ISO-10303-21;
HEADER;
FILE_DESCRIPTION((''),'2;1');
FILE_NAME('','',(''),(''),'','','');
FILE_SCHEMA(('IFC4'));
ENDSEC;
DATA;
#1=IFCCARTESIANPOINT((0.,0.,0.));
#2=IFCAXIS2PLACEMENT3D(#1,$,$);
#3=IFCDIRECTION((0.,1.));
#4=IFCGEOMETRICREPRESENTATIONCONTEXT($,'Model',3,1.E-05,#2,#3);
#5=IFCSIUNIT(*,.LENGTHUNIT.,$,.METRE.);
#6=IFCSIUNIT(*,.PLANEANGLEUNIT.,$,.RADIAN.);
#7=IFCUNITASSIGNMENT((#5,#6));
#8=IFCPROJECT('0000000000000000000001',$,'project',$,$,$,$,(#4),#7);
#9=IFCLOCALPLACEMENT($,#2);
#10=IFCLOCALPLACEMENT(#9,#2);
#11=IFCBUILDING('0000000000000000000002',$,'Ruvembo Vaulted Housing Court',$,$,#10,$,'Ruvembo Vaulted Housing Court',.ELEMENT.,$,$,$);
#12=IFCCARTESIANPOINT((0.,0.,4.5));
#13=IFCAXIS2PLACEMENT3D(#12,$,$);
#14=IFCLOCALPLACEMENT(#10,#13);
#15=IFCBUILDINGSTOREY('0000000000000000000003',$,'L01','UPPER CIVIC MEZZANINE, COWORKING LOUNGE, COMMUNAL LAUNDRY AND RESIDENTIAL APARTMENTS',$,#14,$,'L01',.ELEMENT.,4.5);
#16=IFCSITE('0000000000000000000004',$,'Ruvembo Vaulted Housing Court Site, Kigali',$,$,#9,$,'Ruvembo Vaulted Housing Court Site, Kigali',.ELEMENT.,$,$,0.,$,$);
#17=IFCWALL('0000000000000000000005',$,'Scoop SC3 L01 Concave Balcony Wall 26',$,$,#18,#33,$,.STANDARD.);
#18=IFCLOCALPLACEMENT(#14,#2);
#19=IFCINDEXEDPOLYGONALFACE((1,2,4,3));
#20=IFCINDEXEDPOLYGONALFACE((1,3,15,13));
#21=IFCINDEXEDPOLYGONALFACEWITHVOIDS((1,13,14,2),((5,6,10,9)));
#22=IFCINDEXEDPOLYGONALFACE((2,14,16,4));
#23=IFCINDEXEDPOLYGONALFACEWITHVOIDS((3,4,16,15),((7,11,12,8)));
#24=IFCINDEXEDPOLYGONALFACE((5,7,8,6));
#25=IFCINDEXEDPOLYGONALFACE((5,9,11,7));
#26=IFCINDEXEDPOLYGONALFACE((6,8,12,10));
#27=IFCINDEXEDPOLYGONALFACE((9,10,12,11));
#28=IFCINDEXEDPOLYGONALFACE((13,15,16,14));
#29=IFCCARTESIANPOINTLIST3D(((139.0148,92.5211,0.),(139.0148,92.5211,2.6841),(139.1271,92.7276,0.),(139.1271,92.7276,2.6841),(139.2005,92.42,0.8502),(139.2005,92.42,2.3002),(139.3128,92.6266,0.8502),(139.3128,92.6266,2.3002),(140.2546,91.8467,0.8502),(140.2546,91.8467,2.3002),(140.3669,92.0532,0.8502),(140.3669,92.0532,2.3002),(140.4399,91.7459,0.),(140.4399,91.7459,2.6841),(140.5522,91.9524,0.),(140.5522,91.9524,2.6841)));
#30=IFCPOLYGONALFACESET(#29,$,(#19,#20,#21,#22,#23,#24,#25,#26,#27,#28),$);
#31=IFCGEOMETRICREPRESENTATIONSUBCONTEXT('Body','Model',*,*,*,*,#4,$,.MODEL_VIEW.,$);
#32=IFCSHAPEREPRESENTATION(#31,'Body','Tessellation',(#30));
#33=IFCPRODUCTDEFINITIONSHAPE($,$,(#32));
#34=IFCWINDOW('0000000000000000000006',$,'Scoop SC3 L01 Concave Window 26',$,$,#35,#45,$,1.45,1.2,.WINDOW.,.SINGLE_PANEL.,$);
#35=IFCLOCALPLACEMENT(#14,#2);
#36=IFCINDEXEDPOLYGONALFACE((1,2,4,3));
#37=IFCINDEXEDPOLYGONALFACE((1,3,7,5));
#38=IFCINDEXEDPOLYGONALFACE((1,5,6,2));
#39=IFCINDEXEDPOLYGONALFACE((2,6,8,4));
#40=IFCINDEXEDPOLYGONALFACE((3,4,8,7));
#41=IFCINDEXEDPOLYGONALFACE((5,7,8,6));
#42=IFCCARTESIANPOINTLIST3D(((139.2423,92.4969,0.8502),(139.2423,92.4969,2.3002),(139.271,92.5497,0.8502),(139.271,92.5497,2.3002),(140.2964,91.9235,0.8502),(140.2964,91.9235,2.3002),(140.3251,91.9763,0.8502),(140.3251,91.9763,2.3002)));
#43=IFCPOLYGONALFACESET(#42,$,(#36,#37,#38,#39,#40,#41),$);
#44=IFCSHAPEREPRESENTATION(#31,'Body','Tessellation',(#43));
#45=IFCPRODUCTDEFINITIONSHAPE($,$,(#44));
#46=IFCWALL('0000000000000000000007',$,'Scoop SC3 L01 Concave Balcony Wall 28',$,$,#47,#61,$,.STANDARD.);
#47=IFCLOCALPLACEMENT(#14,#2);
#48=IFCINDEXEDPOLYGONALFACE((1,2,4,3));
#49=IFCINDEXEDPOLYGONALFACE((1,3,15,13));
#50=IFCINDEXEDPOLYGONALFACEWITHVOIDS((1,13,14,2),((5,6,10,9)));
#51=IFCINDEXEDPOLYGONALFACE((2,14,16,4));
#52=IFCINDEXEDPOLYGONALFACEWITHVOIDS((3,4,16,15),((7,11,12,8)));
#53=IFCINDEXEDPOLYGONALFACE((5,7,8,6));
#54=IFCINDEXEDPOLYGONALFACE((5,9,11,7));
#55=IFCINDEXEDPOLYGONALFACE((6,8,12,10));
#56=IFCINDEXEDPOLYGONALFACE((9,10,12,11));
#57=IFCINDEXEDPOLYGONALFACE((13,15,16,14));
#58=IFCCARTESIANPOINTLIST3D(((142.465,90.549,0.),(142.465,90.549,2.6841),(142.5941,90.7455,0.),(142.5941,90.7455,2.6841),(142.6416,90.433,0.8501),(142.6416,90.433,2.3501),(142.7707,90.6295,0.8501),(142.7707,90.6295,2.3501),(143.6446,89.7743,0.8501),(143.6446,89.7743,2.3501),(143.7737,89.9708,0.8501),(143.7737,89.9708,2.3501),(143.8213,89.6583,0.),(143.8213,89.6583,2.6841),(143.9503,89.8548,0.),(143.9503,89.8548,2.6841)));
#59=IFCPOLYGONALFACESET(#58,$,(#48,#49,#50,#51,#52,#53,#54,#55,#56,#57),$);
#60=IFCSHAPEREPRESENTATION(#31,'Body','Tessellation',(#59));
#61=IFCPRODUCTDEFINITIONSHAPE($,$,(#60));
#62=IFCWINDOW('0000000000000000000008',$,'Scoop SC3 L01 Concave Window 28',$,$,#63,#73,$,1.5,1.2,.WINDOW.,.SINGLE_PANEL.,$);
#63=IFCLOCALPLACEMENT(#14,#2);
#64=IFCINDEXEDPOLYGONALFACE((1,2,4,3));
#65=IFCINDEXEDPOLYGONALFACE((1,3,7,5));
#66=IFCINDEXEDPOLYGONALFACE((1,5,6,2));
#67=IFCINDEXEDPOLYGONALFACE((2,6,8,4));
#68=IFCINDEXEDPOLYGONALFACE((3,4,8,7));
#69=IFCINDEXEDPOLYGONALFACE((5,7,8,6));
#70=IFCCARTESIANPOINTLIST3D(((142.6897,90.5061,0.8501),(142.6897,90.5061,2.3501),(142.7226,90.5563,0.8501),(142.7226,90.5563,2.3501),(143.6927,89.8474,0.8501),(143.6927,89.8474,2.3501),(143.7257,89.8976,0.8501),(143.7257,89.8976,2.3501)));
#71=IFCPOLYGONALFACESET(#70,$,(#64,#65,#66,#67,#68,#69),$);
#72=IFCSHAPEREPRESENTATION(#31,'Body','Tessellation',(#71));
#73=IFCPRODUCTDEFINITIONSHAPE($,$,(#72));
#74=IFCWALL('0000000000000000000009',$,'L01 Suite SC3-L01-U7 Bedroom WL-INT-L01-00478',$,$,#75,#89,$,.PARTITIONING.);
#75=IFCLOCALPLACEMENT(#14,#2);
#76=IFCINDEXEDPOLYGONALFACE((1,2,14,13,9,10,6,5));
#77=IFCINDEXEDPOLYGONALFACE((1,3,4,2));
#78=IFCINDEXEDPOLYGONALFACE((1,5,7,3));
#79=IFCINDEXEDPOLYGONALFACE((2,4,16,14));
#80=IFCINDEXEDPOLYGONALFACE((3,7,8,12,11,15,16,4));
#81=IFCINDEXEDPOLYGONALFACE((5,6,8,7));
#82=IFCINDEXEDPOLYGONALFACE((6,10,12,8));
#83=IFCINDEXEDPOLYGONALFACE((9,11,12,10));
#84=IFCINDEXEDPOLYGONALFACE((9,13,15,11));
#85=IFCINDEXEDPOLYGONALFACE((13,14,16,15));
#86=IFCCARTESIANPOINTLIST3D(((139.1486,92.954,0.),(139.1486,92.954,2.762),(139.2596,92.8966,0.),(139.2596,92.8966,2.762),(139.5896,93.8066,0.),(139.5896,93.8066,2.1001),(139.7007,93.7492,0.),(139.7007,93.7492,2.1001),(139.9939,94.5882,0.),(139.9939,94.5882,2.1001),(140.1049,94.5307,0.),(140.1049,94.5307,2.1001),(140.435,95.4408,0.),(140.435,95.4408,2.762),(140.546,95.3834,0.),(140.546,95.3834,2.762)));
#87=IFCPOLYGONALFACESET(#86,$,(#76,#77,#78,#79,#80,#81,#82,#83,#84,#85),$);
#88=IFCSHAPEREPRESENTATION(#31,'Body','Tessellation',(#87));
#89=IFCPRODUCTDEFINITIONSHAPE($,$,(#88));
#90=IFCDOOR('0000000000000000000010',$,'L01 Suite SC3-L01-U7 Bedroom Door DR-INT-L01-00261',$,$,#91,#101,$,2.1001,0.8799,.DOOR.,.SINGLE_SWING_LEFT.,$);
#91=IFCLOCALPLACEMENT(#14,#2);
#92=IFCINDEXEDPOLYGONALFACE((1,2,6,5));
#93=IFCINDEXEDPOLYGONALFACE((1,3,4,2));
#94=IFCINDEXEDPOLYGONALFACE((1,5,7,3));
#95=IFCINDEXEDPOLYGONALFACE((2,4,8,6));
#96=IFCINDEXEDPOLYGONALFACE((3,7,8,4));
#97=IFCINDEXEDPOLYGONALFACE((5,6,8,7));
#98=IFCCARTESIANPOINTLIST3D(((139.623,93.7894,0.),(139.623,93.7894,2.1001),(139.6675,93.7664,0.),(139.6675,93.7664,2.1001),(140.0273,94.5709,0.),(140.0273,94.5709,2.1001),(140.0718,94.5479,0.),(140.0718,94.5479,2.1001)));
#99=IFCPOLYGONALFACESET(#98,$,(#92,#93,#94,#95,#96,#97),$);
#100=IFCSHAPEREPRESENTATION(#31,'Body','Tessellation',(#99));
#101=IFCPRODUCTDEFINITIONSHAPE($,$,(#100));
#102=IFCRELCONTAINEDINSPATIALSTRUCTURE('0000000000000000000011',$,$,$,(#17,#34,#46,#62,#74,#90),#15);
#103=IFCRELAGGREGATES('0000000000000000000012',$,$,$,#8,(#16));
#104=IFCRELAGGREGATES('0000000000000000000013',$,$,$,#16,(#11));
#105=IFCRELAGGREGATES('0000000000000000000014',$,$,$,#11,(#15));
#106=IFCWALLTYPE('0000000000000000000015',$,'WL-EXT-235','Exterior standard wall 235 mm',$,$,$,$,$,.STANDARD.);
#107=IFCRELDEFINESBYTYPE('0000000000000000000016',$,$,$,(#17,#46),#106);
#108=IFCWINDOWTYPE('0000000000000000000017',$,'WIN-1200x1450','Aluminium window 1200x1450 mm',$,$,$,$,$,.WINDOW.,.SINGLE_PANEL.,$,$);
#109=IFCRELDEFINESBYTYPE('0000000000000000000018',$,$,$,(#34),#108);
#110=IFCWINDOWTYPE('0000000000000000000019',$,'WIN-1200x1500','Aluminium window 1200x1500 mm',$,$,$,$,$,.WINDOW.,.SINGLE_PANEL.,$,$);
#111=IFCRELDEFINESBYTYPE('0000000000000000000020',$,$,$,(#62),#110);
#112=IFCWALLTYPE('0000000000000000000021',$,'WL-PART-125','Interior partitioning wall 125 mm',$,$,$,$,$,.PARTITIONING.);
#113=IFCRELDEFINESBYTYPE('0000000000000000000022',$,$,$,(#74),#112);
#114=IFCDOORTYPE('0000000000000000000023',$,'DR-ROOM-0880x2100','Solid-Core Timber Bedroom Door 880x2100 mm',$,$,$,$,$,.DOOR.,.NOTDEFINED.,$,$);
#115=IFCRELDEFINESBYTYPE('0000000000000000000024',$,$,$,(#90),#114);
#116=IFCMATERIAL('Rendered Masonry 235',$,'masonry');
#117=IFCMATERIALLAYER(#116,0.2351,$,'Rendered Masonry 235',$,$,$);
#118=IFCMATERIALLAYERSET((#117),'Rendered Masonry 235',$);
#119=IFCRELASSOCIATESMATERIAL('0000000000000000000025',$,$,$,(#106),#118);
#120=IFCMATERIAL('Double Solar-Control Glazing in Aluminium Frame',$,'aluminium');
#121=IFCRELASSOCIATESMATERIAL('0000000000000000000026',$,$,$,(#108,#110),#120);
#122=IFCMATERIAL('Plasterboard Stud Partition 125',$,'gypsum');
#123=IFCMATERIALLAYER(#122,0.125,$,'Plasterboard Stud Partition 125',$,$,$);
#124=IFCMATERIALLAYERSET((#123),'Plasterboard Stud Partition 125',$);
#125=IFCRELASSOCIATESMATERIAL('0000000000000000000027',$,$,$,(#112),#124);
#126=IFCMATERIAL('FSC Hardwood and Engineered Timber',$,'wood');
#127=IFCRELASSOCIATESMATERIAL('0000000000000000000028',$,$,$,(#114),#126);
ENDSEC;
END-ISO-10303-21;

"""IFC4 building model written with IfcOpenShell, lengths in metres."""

from ifc_helpers import new_model, si_unit, direction, frame, frame_2d, origin, place, context, subcontext, project, spatial, rectangle, extrude, material, layer, layer_set, type_object, element, fill, save


model = new_model("IFC4")

# Units and contexts
model_context = context("Model", 3, precision=1e-05, world=origin(), true_north=direction((0.0, 1.0)))
body_context = subcontext(model_context, "Body", "Model", "MODEL_VIEW")
ifc_project = project(units=[si_unit("LENGTHUNIT", "METRE"), si_unit("PLANEANGLEUNIT", "RADIAN")], contexts=[model_context])

# Site, building, storey
site_placement = place(None, origin())
site = spatial("IfcSite", under=ifc_project, at=site_placement, Name="Ruvembo Vaulted Housing Court Site, Kigali", LongName="Ruvembo Vaulted Housing Court Site, Kigali", CompositionType="ELEMENT", RefElevation=0.0)
building_placement = place(site_placement, origin())
building = spatial("IfcBuilding", under=site, at=building_placement, Name="Ruvembo Vaulted Housing Court", LongName="Ruvembo Vaulted Housing Court", CompositionType="ELEMENT")
storey_placement = place(building_placement, frame((0.0, 0.0, 4.5)))
storey = spatial("IfcBuildingStorey", under=building, at=storey_placement, Name="L01", Description="UPPER CIVIC MEZZANINE, COWORKING LOUNGE, COMMUNAL LAUNDRY AND RESIDENTIAL APARTMENTS", LongName="L01", CompositionType="ELEMENT", Elevation=4.5)

# Wall, opening, window
ifc_material_1 = material(Name="Rendered Masonry 235", Category="masonry")
ifc_layer_1 = layer(ifc_material_1, 0.2351, Name="Rendered Masonry 235")
ifc_layer_set_1 = layer_set([ifc_layer_1], Name="Rendered Masonry 235")
wall_type_1 = type_object("IfcWallType", Name="WL-EXT-235", Description="Exterior standard wall 235 mm", PredefinedType="STANDARD", material=ifc_layer_set_1)
ifc_material_2 = material(Name="Double Solar-Control Glazing in Aluminium Frame", Category="aluminium")
wall_1_placement = place(storey_placement, frame((139.071, 92.6243, 0.0), z_axis=(0.0, 0.0, 1.0), x_axis=(0.878453, -0.477829, 0.0)))
wall_1 = element("IfcWall", 1, at=wall_1_placement, inside=storey, type_object=wall_type_1, Name="Scoop SC3 L01 Concave Balcony Wall 26", PredefinedType="STANDARD", context=body_context, shape_type="SweptSolid", body=[
    extrude(rectangle(XDim=1.6223, YDim=0.2351, at=frame_2d((0.811, 0.0))), origin(), (0.0, 0.0, 1.0), 2.6841),
])
opening_1_placement = place(wall_1_placement, frame((0.2112, 0.0, 0.8501)))
opening_1 = element("IfcOpeningElement", 2, at=opening_1_placement, cuts=wall_1, PredefinedType="OPENING", context=body_context, shape_type="SweptSolid", body=[
    extrude(rectangle(XDim=1.2, YDim=1.45, at=frame_2d((0.6001, 0.7251))), frame((0.0, 0.1274, 0.0), z_axis=(0.0, -1.0, 0.0), x_axis=(1.0, 0.0, 0.0)), (0.0, 0.0, 1.0), 0.2551),
])
window_type_1 = type_object("IfcWindowType", Name="WIN-1200x1450", Description="Aluminium window 1200x1450 mm", PartitioningType="SINGLE_PANEL", PredefinedType="WINDOW", material=ifc_material_2)
window_1_placement = place(opening_1_placement, origin())
window_1 = element("IfcWindow", 3, at=window_1_placement, inside=storey, type_object=window_type_1, Name="Scoop SC3 L01 Concave Window 26", OverallHeight=1.45, OverallWidth=1.2, PartitioningType="SINGLE_PANEL", PredefinedType="WINDOW", context=body_context, shape_type="SweptSolid", body=[
    extrude(rectangle(XDim=1.2, YDim=1.45, at=frame_2d((0.6001, 0.7251))), frame((0.0, 0.03, 0.0), z_axis=(0.0, -1.0, 0.0), x_axis=(1.0, 0.0, 0.0)), (0.0, 0.0, 1.0), 0.0601),
])
fill(opening_1, window_1)

# Wall, opening, window
wall_2_placement = place(storey_placement, frame((142.5295, 90.6472, 0.0), z_axis=(0.0, 0.0, 1.0), x_axis=(0.835873, -0.548923, 0.0)))
wall_2 = element("IfcWall", 4, at=wall_2_placement, inside=storey, type_object=wall_type_1, Name="Scoop SC3 L01 Concave Balcony Wall 28", PredefinedType="STANDARD", context=body_context, shape_type="SweptSolid", body=[
    extrude(rectangle(XDim=1.6226, YDim=0.2351, at=frame_2d((0.8113, 0.0))), origin(), (0.0, 0.0, 1.0), 2.6841),
])
opening_2_placement = place(wall_2_placement, frame((0.2112, 0.0, 0.8501)))
opening_2 = element("IfcOpeningElement", 5, at=opening_2_placement, cuts=wall_2, PredefinedType="OPENING", context=body_context, shape_type="SweptSolid", body=[
    extrude(rectangle(XDim=1.2, YDim=1.5, at=frame_2d((0.6001, 0.75))), frame((0.0, 0.1274, 0.0), z_axis=(0.0, -1.0, 0.0), x_axis=(1.0, 0.0, 0.0)), (0.0, 0.0, 1.0), 0.2551),
])
window_type_2 = type_object("IfcWindowType", Name="WIN-1200x1500", Description="Aluminium window 1200x1500 mm", PartitioningType="SINGLE_PANEL", PredefinedType="WINDOW", material=ifc_material_2)
window_2_placement = place(opening_2_placement, origin())
window_2 = element("IfcWindow", 6, at=window_2_placement, inside=storey, type_object=window_type_2, Name="Scoop SC3 L01 Concave Window 28", OverallHeight=1.5, OverallWidth=1.2, PartitioningType="SINGLE_PANEL", PredefinedType="WINDOW", context=body_context, shape_type="SweptSolid", body=[
    extrude(rectangle(XDim=1.2, YDim=1.5, at=frame_2d((0.6001, 0.75))), frame((0.0, 0.03, 0.0), z_axis=(0.0, -1.0, 0.0), x_axis=(1.0, 0.0, 0.0)), (0.0, 0.0, 1.0), 0.0601),
])
fill(opening_2, window_2)

# Wall, opening, door
ifc_material_3 = material(Name="Plasterboard Stud Partition 125", Category="gypsum")
ifc_layer_2 = layer(ifc_material_3, 0.125, Name="Plasterboard Stud Partition 125")
ifc_layer_set_2 = layer_set([ifc_layer_2], Name="Plasterboard Stud Partition 125")
wall_type_2 = type_object("IfcWallType", Name="WL-PART-125", Description="Interior partitioning wall 125 mm", PredefinedType="PARTITIONING", material=ifc_layer_set_2)
wall_3_placement = place(storey_placement, frame((139.2041, 92.9253, 0.0), z_axis=(0.0, 0.0, 1.0), x_axis=(0.459449, 0.888204, 0.0)))
wall_3 = element("IfcWall", 7, at=wall_3_placement, inside=storey, type_object=wall_type_2, Name="L01 Suite SC3-L01-U7 Bedroom WL-INT-L01-00478", PredefinedType="PARTITIONING", context=body_context, shape_type="SweptSolid", body=[
    extrude(rectangle(XDim=2.7998, YDim=0.125, at=frame_2d((1.3999, 0.0))), origin(), (0.0, 0.0, 1.0), 2.762),
])
opening_3_placement = place(wall_3_placement, frame((0.96, 0.0, 0.0)))
opening_3 = element("IfcOpeningElement", 8, at=opening_3_placement, cuts=wall_3, PredefinedType="OPENING", context=body_context, shape_type="SweptSolid", body=[
    extrude(rectangle(XDim=0.8799, YDim=2.1001, at=frame_2d((0.4399, 1.05))), frame((0.0, 0.0725, 0.0), z_axis=(0.0, -1.0, 0.0), x_axis=(1.0, 0.0, 0.0)), (0.0, 0.0, 1.0), 0.145),
])
ifc_material_4 = material(Name="FSC Hardwood and Engineered Timber", Category="wood")
door_type_1 = type_object("IfcDoorType", Name="DR-ROOM-0880x2100", Description="Solid-Core Timber Bedroom Door 880x2100 mm", OperationType="NOTDEFINED", PredefinedType="DOOR", material=ifc_material_4)
door_1_placement = place(opening_3_placement, origin())
door_1 = element("IfcDoor", 9, at=door_1_placement, inside=storey, type_object=door_type_1, Name="L01 Suite SC3-L01-U7 Bedroom Door DR-INT-L01-00261", OperationType="SINGLE_SWING_LEFT", OverallHeight=2.1001, OverallWidth=0.8799, PredefinedType="DOOR", context=body_context, shape_type="SweptSolid", body=[
    extrude(rectangle(XDim=0.8799, YDim=2.1001, at=frame_2d((0.4399, 1.05))), frame((0.0, 0.0249, 0.0), z_axis=(0.0, -1.0, 0.0), x_axis=(1.0, 0.0, 0.0)), (0.0, 0.0, 1.0), 0.05),
])
fill(opening_3, door_1)

save(model, "model.ifc")
